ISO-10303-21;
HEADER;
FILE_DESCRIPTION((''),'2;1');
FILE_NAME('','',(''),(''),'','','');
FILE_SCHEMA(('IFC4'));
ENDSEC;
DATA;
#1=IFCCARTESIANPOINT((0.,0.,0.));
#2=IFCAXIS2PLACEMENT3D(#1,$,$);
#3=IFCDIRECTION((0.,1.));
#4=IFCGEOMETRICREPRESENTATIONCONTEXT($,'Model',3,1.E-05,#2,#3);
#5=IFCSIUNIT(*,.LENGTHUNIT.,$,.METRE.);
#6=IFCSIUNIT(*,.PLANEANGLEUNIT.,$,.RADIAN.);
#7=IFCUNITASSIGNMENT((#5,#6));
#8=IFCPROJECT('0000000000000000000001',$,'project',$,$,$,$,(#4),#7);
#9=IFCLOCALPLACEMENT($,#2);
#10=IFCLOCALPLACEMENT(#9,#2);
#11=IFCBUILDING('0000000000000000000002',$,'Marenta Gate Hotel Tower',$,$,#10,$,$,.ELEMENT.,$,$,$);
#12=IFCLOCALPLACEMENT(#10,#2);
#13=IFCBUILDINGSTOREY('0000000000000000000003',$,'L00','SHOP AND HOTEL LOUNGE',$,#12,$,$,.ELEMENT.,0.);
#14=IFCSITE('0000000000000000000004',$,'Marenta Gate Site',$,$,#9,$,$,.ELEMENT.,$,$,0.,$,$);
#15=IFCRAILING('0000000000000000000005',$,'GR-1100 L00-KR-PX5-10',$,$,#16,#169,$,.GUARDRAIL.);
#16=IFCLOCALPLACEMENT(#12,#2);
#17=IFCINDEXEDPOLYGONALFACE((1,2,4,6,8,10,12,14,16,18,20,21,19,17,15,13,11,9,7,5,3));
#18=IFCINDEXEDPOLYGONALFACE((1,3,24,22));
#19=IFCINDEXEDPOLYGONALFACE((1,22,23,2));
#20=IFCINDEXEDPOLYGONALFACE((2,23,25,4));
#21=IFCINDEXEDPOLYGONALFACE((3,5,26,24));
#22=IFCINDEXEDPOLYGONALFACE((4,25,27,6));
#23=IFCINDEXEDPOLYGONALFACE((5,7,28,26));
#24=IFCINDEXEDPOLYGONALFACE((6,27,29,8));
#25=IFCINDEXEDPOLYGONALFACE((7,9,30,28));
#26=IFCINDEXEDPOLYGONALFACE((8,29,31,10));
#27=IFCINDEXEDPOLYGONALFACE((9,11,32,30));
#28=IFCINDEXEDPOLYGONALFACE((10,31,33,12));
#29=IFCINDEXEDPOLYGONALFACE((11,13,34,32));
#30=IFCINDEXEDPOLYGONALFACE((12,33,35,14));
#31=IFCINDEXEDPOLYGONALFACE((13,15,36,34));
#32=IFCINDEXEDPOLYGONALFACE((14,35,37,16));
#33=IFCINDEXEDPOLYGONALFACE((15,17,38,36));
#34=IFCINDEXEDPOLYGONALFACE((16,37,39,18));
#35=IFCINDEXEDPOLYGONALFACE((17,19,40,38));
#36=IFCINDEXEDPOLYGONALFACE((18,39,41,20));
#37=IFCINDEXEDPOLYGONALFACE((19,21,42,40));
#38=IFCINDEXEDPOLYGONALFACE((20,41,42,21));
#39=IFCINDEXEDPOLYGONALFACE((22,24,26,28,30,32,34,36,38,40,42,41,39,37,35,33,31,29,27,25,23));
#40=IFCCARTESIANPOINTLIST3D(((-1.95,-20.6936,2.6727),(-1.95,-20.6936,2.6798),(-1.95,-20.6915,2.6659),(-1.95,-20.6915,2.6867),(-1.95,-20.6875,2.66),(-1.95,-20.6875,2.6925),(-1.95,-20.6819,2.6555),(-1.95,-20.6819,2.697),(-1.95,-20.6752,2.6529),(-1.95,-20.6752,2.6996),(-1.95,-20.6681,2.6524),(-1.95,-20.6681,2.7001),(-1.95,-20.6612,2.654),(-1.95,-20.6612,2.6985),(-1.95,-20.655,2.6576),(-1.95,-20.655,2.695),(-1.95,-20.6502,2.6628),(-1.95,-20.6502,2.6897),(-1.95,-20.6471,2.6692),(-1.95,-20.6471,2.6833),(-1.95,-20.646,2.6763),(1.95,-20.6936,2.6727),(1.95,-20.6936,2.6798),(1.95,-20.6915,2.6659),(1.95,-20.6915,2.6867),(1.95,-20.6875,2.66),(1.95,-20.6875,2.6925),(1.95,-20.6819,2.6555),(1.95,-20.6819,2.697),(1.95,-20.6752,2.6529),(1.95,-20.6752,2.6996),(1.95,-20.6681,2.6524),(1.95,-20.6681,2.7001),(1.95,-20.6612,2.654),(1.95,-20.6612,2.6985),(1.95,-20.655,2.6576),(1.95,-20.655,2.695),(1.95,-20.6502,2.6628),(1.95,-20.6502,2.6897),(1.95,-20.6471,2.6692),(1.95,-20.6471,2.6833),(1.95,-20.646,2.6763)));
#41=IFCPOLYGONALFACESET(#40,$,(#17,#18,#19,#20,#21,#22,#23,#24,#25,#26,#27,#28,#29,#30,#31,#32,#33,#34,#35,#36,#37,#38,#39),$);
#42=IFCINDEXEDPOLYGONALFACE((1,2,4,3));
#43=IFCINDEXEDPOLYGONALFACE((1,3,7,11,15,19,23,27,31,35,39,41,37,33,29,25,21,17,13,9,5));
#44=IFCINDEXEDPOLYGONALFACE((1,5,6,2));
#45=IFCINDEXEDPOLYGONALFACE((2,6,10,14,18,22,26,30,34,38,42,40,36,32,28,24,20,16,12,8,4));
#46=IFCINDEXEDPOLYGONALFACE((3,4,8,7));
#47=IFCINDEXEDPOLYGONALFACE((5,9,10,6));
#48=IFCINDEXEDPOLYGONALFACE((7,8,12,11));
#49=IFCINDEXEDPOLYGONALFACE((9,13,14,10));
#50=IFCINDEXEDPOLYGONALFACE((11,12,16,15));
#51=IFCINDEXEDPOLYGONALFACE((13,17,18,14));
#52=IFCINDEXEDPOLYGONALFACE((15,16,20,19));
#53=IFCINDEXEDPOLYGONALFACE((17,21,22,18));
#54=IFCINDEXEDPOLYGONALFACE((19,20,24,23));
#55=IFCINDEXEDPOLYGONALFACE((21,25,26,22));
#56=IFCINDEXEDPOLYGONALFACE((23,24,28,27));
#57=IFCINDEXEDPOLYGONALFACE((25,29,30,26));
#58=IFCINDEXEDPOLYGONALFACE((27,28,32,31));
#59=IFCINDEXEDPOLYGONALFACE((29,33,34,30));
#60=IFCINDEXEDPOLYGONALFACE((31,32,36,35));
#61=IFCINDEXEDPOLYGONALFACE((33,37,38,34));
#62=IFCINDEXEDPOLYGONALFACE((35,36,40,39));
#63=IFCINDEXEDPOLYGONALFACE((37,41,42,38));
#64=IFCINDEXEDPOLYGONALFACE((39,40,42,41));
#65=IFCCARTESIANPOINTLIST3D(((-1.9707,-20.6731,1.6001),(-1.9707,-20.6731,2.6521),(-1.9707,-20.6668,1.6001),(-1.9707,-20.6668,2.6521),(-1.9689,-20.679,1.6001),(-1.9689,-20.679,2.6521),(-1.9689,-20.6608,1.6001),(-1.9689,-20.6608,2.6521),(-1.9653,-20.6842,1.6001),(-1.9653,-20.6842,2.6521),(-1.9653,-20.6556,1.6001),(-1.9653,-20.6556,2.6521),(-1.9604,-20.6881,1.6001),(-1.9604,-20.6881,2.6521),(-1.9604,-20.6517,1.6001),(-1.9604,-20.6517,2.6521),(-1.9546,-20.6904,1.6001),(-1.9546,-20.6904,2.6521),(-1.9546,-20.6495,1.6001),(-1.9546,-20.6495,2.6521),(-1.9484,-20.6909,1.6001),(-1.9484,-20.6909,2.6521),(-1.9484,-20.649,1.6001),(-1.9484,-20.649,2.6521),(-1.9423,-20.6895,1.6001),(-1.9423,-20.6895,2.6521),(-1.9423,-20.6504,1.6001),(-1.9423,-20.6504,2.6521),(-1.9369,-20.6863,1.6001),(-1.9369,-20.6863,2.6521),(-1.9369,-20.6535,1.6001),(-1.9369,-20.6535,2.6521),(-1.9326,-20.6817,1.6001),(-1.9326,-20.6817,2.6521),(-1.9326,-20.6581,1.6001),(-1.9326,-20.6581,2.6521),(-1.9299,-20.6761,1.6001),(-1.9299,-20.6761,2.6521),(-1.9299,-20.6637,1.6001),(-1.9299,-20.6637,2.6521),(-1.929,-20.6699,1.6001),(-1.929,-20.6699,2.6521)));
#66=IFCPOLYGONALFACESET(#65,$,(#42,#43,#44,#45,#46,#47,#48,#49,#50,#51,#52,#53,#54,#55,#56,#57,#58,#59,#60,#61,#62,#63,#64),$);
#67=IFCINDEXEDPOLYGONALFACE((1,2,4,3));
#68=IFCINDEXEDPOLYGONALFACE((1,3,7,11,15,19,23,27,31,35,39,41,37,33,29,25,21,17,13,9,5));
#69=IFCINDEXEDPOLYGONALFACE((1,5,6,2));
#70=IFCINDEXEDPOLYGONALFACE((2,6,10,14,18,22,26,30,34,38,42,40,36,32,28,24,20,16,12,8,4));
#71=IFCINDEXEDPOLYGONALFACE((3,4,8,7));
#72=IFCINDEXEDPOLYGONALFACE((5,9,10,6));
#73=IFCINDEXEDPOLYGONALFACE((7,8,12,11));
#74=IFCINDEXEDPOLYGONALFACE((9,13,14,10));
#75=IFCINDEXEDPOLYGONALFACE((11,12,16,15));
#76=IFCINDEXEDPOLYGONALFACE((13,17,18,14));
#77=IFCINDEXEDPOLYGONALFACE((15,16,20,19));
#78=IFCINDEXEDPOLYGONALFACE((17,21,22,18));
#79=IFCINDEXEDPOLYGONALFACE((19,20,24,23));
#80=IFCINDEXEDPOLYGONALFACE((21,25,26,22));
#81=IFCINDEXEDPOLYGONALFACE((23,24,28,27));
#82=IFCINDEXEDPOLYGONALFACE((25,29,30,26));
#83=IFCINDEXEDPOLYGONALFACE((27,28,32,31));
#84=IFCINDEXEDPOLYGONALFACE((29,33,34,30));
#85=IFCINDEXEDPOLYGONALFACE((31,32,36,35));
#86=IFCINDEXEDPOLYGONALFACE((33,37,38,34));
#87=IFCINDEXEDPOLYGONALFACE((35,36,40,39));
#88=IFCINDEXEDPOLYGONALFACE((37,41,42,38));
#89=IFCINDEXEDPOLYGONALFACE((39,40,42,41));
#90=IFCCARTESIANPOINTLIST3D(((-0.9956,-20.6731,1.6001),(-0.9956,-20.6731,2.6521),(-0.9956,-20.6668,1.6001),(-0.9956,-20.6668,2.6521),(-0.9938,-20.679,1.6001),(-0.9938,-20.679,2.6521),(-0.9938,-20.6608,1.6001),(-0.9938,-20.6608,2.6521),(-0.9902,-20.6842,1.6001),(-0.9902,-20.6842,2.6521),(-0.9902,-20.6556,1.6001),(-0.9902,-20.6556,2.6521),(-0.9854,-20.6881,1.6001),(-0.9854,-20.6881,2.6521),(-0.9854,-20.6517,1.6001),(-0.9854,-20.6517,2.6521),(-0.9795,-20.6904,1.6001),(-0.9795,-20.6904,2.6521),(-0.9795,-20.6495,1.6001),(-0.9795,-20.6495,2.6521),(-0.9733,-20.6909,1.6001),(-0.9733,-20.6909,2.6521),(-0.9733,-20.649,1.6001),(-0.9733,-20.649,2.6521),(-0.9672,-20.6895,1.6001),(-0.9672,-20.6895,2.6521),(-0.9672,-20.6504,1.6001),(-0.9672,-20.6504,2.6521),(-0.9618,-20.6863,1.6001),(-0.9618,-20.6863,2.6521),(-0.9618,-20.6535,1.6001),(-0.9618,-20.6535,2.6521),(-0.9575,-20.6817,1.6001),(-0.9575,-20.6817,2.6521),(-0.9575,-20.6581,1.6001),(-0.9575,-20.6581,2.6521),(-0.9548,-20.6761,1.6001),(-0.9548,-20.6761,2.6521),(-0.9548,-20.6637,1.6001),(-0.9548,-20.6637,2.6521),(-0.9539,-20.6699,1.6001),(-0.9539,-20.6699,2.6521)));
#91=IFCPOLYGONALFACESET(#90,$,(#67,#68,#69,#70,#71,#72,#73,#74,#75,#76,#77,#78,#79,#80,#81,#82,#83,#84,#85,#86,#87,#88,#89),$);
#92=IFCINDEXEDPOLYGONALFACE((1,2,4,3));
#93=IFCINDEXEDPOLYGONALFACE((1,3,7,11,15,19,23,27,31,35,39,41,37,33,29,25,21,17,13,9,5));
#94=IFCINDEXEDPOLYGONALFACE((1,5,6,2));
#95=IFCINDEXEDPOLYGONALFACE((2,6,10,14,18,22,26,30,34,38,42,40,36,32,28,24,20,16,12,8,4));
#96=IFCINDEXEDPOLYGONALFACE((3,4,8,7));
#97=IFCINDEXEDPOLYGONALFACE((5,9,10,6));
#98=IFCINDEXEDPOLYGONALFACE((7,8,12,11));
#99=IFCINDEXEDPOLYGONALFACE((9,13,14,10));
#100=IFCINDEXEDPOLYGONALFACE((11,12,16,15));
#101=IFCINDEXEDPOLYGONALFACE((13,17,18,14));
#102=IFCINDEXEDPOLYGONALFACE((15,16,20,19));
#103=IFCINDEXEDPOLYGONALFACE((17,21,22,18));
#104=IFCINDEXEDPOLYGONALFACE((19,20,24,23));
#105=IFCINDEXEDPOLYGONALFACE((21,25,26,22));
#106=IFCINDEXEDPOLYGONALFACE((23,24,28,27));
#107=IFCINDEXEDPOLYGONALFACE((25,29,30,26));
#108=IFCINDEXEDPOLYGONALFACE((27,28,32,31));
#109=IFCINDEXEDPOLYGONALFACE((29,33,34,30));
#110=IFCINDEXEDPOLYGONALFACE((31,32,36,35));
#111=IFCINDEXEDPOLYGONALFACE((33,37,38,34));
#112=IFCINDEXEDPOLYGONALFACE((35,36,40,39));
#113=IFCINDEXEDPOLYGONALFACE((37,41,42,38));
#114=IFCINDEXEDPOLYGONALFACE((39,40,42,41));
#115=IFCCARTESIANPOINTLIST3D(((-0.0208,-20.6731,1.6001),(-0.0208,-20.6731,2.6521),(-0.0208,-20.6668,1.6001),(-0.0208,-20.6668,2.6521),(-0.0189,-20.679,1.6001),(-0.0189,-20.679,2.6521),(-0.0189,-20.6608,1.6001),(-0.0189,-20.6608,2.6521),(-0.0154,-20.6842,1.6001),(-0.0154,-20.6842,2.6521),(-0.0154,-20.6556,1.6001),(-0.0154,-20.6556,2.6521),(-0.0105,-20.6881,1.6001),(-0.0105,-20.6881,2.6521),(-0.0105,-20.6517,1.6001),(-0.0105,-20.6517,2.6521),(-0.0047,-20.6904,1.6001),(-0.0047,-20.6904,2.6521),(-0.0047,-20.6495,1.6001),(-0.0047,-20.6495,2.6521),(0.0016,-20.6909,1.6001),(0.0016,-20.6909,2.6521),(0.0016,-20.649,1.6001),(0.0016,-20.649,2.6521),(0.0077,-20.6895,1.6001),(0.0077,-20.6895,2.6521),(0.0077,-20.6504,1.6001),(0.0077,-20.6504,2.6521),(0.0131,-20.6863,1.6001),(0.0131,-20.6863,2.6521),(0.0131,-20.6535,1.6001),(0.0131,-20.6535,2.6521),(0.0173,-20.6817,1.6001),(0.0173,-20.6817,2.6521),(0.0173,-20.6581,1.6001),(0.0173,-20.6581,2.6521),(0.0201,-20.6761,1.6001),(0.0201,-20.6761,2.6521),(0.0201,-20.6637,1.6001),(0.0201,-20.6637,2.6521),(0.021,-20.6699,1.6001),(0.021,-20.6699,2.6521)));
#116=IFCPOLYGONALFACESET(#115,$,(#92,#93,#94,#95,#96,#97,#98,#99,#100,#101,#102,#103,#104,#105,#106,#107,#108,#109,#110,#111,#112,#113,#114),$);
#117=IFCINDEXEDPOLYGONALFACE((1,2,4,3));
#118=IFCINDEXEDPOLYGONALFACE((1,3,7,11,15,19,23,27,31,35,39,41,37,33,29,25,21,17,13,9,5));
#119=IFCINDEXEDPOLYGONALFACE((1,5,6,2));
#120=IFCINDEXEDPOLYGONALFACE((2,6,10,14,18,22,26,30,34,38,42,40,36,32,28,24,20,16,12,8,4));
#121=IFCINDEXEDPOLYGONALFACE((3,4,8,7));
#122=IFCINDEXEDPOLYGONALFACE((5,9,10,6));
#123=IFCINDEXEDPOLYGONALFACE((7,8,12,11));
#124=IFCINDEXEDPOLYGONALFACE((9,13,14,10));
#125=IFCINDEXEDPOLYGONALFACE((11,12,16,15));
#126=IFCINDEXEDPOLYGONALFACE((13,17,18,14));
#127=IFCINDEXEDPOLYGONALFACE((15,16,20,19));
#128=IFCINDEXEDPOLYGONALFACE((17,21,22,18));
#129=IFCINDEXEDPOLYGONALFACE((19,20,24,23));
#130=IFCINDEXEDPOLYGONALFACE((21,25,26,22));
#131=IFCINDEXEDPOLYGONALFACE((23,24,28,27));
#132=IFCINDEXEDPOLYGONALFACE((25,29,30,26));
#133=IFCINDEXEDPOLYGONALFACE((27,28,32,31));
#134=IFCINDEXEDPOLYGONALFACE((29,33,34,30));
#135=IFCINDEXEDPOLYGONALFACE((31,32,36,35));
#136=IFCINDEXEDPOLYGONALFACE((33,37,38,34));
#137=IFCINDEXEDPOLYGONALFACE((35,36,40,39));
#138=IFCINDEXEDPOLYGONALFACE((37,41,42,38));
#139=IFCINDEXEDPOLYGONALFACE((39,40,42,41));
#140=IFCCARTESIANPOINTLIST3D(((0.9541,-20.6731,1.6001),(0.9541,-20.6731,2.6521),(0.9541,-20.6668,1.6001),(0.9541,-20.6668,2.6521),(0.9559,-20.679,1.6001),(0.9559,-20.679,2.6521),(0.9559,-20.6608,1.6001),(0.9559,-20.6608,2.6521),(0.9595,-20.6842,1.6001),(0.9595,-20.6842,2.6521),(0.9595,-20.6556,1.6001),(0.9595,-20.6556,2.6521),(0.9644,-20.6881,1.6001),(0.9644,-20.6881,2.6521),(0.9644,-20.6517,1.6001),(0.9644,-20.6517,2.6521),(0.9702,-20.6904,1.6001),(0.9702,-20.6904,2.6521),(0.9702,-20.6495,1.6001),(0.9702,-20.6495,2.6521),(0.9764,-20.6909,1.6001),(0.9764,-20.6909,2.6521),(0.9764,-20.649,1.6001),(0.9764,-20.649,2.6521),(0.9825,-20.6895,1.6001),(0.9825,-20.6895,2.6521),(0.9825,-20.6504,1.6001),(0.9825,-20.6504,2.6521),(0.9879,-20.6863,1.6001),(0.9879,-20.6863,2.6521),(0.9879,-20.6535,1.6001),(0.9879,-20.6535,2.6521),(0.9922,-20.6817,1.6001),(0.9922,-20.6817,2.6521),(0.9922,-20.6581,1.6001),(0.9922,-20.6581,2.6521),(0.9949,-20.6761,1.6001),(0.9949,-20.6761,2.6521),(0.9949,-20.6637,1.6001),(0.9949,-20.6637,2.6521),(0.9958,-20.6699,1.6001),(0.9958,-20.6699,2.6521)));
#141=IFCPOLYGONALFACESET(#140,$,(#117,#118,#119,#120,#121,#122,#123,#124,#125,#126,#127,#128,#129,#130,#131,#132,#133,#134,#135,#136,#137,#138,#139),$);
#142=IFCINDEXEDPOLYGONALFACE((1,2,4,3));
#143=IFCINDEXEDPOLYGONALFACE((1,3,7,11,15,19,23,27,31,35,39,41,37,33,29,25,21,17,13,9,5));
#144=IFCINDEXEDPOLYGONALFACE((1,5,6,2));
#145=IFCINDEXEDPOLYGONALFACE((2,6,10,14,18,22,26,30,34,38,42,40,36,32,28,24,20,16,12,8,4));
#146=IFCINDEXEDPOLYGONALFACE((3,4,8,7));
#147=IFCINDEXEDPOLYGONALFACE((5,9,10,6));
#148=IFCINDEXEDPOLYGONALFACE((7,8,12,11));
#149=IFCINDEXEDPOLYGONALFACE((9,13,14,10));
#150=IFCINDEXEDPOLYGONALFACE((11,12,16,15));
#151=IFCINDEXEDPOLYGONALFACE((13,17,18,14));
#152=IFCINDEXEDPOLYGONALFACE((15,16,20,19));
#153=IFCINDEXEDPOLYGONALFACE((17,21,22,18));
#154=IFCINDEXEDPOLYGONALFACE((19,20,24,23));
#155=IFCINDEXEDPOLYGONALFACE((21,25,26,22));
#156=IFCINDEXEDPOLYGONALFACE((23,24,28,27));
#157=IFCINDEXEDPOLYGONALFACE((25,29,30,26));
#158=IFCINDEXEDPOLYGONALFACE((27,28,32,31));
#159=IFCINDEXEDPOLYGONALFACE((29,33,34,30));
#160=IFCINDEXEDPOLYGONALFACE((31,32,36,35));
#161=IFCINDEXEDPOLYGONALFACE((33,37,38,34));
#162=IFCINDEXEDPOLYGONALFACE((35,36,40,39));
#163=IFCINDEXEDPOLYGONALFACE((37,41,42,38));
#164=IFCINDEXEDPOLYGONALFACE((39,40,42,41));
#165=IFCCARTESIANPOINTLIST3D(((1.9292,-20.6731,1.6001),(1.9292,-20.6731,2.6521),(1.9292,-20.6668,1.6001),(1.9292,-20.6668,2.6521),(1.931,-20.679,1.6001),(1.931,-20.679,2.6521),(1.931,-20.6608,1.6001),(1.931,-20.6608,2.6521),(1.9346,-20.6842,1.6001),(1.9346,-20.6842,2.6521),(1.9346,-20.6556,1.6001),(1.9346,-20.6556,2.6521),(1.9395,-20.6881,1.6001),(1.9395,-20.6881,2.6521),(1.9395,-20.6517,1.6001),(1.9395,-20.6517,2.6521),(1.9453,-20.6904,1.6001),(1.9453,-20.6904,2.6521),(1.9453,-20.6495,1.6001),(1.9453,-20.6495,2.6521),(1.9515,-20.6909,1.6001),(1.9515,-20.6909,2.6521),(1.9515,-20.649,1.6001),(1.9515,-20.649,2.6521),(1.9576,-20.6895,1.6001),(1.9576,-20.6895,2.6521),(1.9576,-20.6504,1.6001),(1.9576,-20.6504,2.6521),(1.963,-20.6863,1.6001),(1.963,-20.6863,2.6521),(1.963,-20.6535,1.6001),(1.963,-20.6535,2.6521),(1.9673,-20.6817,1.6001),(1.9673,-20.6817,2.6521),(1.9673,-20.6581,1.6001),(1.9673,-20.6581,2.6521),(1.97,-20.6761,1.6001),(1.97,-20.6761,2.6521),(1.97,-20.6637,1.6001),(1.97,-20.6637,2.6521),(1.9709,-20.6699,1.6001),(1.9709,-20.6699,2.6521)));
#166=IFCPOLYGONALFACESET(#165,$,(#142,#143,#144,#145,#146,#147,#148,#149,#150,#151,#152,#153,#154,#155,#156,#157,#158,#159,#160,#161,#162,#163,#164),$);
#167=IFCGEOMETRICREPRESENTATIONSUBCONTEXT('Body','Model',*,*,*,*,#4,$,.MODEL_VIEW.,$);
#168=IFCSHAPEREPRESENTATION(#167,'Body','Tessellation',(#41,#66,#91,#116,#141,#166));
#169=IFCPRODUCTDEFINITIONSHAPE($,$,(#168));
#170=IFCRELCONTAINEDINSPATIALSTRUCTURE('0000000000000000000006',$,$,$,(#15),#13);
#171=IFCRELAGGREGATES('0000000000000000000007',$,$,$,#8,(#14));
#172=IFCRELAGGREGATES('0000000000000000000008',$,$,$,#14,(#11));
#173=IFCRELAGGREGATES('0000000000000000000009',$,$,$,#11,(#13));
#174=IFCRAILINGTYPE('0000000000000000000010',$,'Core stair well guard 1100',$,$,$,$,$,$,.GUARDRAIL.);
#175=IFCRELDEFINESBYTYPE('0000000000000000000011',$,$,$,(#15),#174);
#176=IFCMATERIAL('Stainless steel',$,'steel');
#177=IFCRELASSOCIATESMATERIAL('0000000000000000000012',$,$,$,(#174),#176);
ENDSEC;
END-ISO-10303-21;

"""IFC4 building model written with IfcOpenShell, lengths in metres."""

from ifc_helpers import new_model, si_unit, direction, frame, origin, origin_2d, place, context, subcontext, project, spatial, circle, extrude, material, type_object, element, save


model = new_model("IFC4")

# Units and contexts
model_context = context("Model", 3, precision=1e-05, world=origin(), true_north=direction((0.0, 1.0)))
body_context = subcontext(model_context, "Body", "Model", "MODEL_VIEW")
ifc_project = project(units=[si_unit("LENGTHUNIT", "METRE"), si_unit("PLANEANGLEUNIT", "RADIAN")], contexts=[model_context])

# Site, building, storey
site_placement = place(None, origin())
site = spatial("IfcSite", under=ifc_project, at=site_placement, Name="Marenta Gate Site", CompositionType="ELEMENT", RefElevation=0.0)
building_placement = place(site_placement, origin())
building = spatial("IfcBuilding", under=site, at=building_placement, Name="Marenta Gate Hotel Tower", CompositionType="ELEMENT")
storey_placement = place(building_placement, origin())
storey = spatial("IfcBuildingStorey", under=building, at=storey_placement, Name="L00", Description="SHOP AND HOTEL LOUNGE", CompositionType="ELEMENT", Elevation=0.0)

# Railing
ifc_material_1 = material(Name="Stainless steel", Category="steel")
railing_type = type_object("IfcRailingType", Name="Core stair well guard 1100", PredefinedType="GUARDRAIL", material=ifc_material_1)
for number, where, name in (
    (1, (-1.95, -20.6699, 1.6001), "GR-1100 L00-KR-PX5-10"),
):
    element("IfcRailing", number, at=place(storey_placement, frame(where)), inside=storey, type_object=railing_type, Name=name, PredefinedType="GUARDRAIL", context=body_context, shape_type="SweptSolid", body=[
        extrude(circle(Radius=0.0239, at=origin_2d()), frame((0.0, 0.0, 1.0762), z_axis=(1.0, 0.0, 0.0), x_axis=(0.0, 1.0, 0.0)), (0.0, 0.0, 1.0), 3.8999),
        extrude(circle(Radius=0.021, at=origin_2d()), origin(), (0.0, 0.0, 1.0), 1.052),
        extrude(circle(Radius=0.021, at=origin_2d()), frame((0.9751, 0.0, 0.0)), (0.0, 0.0, 1.0), 1.052),
        extrude(circle(Radius=0.021, at=origin_2d()), frame((1.95, 0.0, 0.0)), (0.0, 0.0, 1.0), 1.052),
        extrude(circle(Radius=0.021, at=origin_2d()), frame((2.9248, 0.0, 0.0)), (0.0, 0.0, 1.0), 1.052),
        extrude(circle(Radius=0.021, at=origin_2d()), frame((3.8999, 0.0, 0.0)), (0.0, 0.0, 1.0), 1.052),
    ])

save(model, "model.ifc")
